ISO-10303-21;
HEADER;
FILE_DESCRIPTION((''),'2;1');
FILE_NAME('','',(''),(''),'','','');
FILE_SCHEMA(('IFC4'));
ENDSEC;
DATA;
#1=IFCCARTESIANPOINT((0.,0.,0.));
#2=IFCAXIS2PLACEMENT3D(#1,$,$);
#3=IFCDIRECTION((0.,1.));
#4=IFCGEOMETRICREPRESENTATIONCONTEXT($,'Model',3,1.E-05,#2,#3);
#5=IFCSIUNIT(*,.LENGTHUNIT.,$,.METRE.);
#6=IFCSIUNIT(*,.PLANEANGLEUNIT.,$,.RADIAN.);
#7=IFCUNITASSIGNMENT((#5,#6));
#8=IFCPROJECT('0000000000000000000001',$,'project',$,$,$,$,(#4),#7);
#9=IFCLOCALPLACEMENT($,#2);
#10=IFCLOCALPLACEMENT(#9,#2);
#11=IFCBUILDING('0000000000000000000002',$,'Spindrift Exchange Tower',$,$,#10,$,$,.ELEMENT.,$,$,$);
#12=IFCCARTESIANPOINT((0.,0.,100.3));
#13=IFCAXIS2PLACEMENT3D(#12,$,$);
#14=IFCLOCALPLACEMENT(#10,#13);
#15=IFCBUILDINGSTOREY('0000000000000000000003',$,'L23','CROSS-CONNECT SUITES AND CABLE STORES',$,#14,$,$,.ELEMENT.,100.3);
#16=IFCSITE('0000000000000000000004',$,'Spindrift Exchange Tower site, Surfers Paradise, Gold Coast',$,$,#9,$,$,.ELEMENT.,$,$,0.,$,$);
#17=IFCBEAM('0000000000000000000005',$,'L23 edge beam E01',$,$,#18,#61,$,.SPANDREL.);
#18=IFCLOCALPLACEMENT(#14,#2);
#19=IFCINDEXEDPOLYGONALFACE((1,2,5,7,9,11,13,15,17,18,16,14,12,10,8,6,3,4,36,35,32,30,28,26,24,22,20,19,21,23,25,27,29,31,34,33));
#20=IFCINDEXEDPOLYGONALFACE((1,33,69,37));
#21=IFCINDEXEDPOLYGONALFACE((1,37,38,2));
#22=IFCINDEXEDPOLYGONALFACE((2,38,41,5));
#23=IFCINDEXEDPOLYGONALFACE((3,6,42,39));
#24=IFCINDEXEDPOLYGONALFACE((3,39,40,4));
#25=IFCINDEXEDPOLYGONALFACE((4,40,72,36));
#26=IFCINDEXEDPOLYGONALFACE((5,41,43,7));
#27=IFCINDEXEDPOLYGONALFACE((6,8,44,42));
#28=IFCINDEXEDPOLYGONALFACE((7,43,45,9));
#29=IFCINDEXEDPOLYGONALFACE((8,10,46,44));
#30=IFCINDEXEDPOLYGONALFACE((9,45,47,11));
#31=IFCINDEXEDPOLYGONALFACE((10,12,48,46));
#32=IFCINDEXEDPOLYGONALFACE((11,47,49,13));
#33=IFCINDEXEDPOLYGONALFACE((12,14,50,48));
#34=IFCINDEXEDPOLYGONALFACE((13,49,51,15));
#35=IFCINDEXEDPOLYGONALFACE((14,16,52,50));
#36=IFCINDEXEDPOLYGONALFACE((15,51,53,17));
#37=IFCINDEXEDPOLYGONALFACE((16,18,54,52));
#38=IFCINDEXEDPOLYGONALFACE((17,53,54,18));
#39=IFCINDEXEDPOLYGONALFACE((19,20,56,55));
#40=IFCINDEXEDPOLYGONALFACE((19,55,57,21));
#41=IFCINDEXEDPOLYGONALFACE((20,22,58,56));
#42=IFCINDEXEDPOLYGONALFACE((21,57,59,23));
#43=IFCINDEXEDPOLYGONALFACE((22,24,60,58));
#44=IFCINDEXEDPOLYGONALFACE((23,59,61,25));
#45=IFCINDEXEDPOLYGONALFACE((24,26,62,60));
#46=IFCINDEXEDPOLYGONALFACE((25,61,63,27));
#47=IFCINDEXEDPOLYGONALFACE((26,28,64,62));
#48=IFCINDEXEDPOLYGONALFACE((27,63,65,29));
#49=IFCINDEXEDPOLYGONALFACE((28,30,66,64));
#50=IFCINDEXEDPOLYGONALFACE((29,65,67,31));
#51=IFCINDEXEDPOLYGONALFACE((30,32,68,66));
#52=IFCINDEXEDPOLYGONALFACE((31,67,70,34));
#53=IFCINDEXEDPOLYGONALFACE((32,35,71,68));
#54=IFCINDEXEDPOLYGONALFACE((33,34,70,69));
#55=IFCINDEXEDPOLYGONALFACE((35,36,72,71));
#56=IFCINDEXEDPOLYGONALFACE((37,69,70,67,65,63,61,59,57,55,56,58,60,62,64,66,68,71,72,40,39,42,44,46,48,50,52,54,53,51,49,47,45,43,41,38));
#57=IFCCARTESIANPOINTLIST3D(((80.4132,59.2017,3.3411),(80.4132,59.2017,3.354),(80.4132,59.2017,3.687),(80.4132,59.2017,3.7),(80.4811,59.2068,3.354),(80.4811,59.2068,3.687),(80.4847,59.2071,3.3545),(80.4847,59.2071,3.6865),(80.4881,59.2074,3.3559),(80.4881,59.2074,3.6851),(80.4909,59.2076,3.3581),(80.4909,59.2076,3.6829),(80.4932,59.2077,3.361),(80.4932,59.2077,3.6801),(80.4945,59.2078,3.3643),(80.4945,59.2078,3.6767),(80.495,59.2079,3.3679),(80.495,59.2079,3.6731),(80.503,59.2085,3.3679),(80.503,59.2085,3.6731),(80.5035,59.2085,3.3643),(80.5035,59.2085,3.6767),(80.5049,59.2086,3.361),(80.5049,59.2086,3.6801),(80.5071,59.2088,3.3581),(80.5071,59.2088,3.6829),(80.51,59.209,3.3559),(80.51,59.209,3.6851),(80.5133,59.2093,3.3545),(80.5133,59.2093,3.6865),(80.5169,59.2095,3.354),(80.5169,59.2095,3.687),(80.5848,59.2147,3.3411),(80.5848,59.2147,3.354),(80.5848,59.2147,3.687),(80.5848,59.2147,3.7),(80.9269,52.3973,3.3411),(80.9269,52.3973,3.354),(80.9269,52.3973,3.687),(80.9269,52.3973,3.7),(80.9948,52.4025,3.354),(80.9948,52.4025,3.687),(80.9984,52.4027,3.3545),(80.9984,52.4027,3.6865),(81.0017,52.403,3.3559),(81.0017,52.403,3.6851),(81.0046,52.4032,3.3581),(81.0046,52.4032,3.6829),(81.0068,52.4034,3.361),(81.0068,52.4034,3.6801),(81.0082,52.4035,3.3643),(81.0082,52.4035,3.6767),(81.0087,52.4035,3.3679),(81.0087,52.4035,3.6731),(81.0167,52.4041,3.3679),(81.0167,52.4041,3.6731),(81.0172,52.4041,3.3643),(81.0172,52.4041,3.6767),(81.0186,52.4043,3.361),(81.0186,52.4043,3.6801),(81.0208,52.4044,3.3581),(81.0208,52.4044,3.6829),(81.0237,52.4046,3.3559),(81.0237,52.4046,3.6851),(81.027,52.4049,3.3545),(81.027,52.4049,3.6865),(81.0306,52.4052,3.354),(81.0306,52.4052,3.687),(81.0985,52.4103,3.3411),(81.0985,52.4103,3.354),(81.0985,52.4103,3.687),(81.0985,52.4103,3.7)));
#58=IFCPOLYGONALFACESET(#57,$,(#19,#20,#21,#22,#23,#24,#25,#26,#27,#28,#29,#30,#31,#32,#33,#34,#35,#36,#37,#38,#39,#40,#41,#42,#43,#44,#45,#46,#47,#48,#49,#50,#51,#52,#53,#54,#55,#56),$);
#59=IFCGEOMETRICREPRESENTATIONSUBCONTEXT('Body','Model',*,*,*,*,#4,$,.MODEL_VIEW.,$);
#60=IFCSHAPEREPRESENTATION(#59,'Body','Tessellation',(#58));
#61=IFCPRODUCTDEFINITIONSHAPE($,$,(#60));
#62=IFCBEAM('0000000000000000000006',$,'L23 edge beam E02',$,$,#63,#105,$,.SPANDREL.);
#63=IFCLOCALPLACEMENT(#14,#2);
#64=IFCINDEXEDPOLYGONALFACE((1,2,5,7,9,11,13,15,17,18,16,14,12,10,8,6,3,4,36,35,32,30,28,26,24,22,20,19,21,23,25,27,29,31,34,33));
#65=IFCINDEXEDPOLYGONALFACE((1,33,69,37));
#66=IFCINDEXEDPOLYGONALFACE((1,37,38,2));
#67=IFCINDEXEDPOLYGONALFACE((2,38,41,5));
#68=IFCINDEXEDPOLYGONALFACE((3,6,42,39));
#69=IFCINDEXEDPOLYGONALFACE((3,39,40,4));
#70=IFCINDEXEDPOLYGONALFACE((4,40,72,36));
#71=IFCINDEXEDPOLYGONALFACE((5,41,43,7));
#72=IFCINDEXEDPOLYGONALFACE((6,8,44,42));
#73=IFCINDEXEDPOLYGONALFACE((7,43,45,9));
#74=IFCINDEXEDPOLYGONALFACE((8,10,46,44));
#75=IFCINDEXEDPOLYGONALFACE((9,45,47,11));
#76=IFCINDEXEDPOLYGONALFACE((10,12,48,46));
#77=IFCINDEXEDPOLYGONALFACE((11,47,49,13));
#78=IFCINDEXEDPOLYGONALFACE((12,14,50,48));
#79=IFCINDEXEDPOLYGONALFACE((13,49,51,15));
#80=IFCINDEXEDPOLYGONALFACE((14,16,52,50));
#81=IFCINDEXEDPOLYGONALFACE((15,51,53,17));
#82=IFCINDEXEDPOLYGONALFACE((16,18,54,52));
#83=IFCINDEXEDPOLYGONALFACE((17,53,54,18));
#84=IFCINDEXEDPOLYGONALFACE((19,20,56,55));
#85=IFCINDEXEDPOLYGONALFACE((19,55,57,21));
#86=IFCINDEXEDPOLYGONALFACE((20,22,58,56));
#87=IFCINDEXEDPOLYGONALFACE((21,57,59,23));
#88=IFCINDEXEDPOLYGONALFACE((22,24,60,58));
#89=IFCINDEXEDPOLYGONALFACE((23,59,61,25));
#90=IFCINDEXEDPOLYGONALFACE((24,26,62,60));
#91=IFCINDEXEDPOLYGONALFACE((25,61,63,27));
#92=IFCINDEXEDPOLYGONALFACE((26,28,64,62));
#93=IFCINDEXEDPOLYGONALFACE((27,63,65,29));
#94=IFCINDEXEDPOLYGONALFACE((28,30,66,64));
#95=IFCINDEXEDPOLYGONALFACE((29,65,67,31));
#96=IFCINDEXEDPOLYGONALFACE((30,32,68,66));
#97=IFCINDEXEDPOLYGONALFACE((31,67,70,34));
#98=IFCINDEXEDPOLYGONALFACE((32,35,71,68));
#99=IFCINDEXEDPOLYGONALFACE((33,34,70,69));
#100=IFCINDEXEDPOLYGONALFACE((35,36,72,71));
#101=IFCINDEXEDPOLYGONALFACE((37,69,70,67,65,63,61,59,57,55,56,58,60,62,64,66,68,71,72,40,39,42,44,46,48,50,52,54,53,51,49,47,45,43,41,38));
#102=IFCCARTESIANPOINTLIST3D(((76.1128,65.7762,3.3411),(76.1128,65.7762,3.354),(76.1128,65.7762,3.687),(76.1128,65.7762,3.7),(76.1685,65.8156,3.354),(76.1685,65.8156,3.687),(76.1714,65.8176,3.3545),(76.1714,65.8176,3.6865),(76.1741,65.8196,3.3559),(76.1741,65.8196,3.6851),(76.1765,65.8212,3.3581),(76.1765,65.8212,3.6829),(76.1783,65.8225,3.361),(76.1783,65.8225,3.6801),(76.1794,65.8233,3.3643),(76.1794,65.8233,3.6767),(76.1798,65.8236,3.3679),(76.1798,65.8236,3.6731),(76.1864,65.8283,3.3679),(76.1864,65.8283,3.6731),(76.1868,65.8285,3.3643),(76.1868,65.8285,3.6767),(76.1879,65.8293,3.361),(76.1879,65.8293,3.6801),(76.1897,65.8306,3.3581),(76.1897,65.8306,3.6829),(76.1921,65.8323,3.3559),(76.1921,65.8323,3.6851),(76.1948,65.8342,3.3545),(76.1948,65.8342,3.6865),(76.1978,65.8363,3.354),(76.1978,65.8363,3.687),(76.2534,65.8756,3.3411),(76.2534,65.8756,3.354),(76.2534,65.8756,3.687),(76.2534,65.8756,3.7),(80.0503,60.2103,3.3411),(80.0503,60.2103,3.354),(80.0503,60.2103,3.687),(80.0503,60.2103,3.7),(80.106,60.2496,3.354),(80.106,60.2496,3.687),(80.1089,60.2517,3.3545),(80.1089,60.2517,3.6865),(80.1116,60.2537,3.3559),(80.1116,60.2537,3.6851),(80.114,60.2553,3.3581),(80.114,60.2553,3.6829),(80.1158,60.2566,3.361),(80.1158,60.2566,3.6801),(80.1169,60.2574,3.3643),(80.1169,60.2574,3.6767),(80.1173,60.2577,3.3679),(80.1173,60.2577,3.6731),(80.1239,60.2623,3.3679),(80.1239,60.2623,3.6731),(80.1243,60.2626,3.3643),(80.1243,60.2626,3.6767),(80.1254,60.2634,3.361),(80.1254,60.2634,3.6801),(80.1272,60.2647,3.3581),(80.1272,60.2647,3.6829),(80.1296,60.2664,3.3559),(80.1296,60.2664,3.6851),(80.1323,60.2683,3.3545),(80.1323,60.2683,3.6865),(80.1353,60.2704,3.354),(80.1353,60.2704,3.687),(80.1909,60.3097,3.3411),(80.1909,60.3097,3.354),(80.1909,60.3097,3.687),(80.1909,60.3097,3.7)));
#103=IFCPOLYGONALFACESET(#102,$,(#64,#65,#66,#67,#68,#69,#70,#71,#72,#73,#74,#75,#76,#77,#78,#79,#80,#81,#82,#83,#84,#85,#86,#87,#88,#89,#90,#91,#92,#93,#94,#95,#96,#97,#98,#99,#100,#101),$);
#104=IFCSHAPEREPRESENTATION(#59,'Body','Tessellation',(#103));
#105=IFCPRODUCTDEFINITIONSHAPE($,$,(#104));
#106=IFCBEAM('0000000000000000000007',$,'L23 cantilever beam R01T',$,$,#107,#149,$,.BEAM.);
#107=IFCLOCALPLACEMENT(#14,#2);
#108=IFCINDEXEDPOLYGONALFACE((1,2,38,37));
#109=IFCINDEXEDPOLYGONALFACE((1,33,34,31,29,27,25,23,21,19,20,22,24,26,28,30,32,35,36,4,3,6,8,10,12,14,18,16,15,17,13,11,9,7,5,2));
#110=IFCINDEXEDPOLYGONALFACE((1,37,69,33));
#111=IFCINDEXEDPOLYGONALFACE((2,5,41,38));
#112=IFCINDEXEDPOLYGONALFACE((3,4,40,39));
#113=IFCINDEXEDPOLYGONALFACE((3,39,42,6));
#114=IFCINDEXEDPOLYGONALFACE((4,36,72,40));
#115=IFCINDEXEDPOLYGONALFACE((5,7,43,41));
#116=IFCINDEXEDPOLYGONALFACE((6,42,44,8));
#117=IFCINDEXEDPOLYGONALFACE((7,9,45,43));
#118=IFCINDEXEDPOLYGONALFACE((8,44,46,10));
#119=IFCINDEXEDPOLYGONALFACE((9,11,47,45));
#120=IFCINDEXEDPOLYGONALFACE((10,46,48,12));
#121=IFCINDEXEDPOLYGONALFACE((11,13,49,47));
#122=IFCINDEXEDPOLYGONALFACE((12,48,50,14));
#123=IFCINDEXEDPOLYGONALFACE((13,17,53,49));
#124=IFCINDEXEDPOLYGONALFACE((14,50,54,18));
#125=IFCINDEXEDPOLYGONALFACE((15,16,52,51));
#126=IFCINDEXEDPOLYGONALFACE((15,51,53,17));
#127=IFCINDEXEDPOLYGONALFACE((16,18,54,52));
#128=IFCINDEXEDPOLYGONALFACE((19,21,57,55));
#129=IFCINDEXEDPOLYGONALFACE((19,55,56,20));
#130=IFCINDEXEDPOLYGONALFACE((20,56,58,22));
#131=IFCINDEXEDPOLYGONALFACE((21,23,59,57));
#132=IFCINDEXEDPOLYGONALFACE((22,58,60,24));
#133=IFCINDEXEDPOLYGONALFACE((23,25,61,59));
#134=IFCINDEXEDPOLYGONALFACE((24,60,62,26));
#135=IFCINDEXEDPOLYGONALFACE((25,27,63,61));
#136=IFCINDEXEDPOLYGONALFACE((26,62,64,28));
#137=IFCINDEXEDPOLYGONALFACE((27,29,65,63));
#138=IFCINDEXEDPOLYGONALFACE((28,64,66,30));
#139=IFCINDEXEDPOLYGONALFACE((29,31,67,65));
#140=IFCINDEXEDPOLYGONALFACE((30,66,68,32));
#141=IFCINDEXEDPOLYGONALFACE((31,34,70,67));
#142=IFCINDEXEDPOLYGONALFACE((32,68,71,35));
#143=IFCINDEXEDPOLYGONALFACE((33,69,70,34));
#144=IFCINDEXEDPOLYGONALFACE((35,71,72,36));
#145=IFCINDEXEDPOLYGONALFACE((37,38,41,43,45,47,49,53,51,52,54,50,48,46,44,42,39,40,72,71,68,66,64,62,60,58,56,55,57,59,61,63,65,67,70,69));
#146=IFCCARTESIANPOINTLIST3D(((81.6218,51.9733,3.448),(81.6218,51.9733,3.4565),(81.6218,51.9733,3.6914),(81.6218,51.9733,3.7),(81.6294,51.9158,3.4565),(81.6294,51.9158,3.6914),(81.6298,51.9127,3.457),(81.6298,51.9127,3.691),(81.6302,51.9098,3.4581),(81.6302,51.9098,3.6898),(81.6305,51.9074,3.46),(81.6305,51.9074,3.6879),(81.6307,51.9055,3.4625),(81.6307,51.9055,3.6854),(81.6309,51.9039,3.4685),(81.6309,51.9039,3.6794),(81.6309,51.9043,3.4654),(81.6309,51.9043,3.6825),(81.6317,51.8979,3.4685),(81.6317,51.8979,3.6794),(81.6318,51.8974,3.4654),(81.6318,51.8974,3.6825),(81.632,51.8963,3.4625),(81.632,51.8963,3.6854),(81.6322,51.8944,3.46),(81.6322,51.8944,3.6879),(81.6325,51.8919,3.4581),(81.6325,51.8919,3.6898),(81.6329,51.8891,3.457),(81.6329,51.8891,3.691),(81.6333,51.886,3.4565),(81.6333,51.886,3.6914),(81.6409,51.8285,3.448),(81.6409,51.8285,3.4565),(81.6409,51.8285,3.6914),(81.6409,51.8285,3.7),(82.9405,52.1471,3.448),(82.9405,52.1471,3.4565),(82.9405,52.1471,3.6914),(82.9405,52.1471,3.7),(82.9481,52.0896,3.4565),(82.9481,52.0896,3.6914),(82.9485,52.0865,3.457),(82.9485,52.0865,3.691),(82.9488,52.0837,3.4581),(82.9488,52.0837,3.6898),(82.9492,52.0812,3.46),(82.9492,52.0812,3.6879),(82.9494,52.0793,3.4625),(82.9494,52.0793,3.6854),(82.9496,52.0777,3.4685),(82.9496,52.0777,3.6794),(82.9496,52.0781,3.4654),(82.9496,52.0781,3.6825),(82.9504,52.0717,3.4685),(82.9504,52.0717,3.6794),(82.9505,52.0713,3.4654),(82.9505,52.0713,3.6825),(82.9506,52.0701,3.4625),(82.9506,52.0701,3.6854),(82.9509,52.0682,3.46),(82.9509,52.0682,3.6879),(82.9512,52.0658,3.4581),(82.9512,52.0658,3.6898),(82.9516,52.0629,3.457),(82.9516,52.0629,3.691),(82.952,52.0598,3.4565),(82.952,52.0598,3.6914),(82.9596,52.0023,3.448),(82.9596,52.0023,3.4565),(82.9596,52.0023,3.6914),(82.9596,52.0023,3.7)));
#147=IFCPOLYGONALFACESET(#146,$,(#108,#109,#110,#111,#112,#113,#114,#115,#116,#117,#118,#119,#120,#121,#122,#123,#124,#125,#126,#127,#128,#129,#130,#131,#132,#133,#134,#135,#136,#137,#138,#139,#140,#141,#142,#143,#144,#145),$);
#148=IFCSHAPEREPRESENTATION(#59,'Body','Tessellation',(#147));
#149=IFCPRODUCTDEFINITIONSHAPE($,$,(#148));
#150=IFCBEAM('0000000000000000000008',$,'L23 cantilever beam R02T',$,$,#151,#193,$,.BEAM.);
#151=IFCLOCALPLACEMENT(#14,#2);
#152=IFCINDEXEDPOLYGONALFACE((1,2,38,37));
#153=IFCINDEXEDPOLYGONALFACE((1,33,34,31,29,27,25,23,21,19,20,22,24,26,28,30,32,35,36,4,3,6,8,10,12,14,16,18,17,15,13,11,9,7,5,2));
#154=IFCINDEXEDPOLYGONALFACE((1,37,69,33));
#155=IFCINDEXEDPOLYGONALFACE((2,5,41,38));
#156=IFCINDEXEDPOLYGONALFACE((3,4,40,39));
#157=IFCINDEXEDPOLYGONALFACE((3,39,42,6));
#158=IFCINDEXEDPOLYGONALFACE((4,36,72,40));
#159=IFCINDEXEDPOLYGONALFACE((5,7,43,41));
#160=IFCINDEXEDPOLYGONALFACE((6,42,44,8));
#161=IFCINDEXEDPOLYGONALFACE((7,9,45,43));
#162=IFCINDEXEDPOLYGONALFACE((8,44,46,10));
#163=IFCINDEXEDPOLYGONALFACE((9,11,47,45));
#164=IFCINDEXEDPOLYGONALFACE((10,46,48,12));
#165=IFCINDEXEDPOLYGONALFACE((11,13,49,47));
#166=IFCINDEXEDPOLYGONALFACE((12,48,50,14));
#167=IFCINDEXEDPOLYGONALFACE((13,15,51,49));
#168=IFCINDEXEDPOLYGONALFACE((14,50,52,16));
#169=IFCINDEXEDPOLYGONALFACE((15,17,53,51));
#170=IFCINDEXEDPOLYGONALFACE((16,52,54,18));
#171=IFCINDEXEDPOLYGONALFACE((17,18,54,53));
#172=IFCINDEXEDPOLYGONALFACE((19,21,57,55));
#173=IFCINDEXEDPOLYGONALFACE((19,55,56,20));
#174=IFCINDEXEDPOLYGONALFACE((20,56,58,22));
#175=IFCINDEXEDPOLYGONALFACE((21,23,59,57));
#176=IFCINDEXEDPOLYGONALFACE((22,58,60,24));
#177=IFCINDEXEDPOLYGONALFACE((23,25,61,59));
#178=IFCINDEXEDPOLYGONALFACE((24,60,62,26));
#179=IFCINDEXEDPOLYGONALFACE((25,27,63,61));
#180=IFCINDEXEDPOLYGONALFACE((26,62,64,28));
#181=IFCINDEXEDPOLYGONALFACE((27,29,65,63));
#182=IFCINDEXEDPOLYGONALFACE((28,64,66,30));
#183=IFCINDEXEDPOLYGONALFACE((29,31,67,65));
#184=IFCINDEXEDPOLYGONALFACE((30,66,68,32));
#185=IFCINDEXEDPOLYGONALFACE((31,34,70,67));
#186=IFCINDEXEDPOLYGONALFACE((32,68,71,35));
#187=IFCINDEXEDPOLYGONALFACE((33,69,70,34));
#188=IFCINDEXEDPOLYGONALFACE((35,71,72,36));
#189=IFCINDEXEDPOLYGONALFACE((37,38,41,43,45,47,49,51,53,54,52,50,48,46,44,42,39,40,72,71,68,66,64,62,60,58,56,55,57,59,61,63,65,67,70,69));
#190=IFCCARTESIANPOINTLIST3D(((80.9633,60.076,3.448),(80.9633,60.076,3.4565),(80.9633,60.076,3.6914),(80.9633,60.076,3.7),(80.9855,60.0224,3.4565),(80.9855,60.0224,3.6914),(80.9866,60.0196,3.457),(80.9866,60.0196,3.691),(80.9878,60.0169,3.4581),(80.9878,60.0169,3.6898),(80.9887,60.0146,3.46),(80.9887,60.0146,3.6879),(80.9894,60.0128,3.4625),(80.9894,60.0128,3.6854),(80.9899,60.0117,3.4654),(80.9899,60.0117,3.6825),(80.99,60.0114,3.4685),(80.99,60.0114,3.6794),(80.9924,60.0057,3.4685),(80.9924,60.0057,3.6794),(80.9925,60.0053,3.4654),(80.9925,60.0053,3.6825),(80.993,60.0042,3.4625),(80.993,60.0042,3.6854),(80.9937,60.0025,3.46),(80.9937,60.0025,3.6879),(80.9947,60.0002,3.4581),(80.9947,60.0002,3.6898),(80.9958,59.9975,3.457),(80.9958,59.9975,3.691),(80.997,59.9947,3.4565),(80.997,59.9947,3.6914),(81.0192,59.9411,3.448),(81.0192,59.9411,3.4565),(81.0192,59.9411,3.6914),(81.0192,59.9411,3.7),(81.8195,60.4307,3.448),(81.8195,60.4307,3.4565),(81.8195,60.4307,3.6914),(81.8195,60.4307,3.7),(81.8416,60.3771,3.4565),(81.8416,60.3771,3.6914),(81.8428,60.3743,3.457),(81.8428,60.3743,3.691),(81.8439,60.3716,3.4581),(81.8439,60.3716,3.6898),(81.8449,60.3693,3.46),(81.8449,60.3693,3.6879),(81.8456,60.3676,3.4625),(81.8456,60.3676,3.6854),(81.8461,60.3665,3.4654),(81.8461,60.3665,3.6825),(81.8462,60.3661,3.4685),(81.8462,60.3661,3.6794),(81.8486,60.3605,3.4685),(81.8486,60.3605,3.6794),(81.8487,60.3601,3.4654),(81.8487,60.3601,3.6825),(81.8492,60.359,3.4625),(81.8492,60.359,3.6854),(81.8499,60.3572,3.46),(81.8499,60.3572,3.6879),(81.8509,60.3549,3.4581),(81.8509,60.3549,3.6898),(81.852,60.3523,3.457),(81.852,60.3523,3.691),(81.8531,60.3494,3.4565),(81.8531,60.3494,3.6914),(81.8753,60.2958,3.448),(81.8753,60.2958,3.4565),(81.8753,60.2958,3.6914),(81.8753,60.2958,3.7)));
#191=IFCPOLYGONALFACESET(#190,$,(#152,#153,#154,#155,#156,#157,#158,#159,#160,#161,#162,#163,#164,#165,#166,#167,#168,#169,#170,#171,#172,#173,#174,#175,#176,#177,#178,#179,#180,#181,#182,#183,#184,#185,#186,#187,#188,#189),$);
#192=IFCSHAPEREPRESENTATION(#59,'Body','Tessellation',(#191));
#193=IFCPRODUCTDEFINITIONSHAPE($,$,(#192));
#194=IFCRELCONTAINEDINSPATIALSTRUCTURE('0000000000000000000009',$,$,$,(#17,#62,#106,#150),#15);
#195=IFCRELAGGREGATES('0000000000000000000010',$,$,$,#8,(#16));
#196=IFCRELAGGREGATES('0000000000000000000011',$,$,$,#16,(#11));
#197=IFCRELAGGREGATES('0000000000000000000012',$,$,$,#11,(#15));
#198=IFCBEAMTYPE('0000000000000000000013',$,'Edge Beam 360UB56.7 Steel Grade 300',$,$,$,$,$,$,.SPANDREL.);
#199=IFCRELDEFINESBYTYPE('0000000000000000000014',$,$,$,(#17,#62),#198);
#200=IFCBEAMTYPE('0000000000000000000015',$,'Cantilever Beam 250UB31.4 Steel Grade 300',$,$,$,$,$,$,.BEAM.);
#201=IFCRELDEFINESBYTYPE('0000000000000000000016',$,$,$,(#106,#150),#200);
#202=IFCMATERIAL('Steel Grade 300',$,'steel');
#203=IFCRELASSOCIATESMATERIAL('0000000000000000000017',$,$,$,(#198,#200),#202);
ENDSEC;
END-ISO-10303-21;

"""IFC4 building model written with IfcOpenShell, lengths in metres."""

from ifc_helpers import new_model, si_unit, direction, frame, origin, origin_2d, place, context, subcontext, project, spatial, i_section, extrude, source, transform, mapped, material, material_profile, profile_set, type_object, element, save


model = new_model("IFC4")

# Units and contexts
model_context = context("Model", 3, precision=1e-05, world=origin(), true_north=direction((0.0, 1.0)))
body_context = subcontext(model_context, "Body", "Model", "MODEL_VIEW")
ifc_project = project(units=[si_unit("LENGTHUNIT", "METRE"), si_unit("PLANEANGLEUNIT", "RADIAN")], contexts=[model_context])

# Site, building, storey
site_placement = place(None, origin())
site = spatial("IfcSite", under=ifc_project, at=site_placement, Name="Spindrift Exchange Tower site, Surfers Paradise, Gold Coast", CompositionType="ELEMENT", RefElevation=0.0)
building_placement = place(site_placement, origin())
building = spatial("IfcBuilding", under=site, at=building_placement, Name="Spindrift Exchange Tower", CompositionType="ELEMENT")
storey_placement = place(building_placement, frame((0.0, 0.0, 100.3)))
storey = spatial("IfcBuildingStorey", under=building, at=storey_placement, Name="L23", Description="CROSS-CONNECT SUITES AND CABLE STORES", CompositionType="ELEMENT", Elevation=100.3)

# Beams
ifc_material_1 = material(Name="Steel Grade 300", Category="steel")
ifc_material_profile_1 = material_profile(ifc_material_1, i_section(OverallWidth=0.1721, OverallDepth=0.3589, WebThickness=0.0081, FlangeThickness=0.0129, FilletRadius=0.0139, at=origin_2d()), Name="360UB56.7")
ifc_profile_set_1 = profile_set([ifc_material_profile_1], Name="Steel Grade 300")
beam_type_1 = type_object("IfcBeamType", Name="Edge Beam 360UB56.7 Steel Grade 300", PredefinedType="SPANDREL", material=ifc_profile_set_1)
shared_shape_1 = source(origin(), body_context, "Body", "SweptSolid", [
    extrude(i_section(OverallWidth=0.1721, OverallDepth=0.3589, WebThickness=0.0081, FlangeThickness=0.0129, FilletRadius=0.0139, at=origin_2d()), origin(), (0.0, 0.0, 1.0), 6.8237),
])
beam_1_placement = place(storey_placement, frame((81.0127, 52.4038, 3.5205), z_axis=(-0.075276, 0.997163, 0.0), x_axis=(-0.997163, -0.075276, 0.0)))
element("IfcBeam", 1, at=beam_1_placement, inside=storey, type_object=beam_type_1, Name="L23 edge beam E01", PredefinedType="SPANDREL", context=body_context, shape_type="MappedRepresentation", body=[
    mapped(shared_shape_1, transform((0.0, 0.0, 0.0), scale=1.0)),
])
shared_shape_2 = source(origin(), body_context, "Body", "SweptSolid", [
    extrude(i_section(OverallWidth=0.1721, OverallDepth=0.3589, WebThickness=0.0081, FlangeThickness=0.0129, FilletRadius=0.0139, at=origin_2d()), origin(), (0.0, 0.0, 1.0), 6.8179),
])
beam_2_placement = place(storey_placement, frame((80.1206, 60.26, 3.5205), z_axis=(-0.577526, 0.816372, 0.0), x_axis=(-0.816372, -0.577526, 0.0)))
element("IfcBeam", 2, at=beam_2_placement, inside=storey, type_object=beam_type_1, Name="L23 edge beam E02", PredefinedType="SPANDREL", context=body_context, shape_type="MappedRepresentation", body=[
    mapped(shared_shape_2, transform((0.0, 0.0, 0.0), scale=1.0)),
])
ifc_material_profile_2 = material_profile(ifc_material_1, i_section(OverallWidth=0.146, OverallDepth=0.252, WebThickness=0.0061, FlangeThickness=0.0085, FilletRadius=0.012, at=origin_2d()), Name="250UB31.4")
ifc_profile_set_2 = profile_set([ifc_material_profile_2], Name="Steel Grade 300")
beam_type_2 = type_object("IfcBeamType", Name="Cantilever Beam 250UB31.4 Steel Grade 300", PredefinedType="BEAM", material=ifc_profile_set_2)
shared_shape_3 = source(origin(), body_context, "Body", "SweptSolid", [
    extrude(i_section(OverallWidth=0.146, OverallDepth=0.252, WebThickness=0.0061, FlangeThickness=0.0085, FilletRadius=0.012, at=origin_2d()), origin(), (0.0, 0.0, 1.0), 1.3301),
])
beam_3_placement = place(storey_placement, frame((81.6313, 51.9009, 3.574), z_axis=(0.991422, 0.130697, 0.0), x_axis=(-0.130697, 0.991422, 0.0)))
element("IfcBeam", 3, at=beam_3_placement, inside=storey, type_object=beam_type_2, Name="L23 cantilever beam R01T", PredefinedType="BEAM", context=body_context, shape_type="MappedRepresentation", body=[
    mapped(shared_shape_3, transform((0.0, 0.0, 0.0), scale=1.0)),
])
shared_shape_4 = source(origin(), body_context, "Body", "SweptSolid", [
    extrude(i_section(OverallWidth=0.146, OverallDepth=0.252, WebThickness=0.0061, FlangeThickness=0.0085, FilletRadius=0.012, at=origin_2d()), origin(), (0.0, 0.0, 1.0), 0.9268),
])
beam_4_placement = place(storey_placement, frame((80.9912, 60.0085, 3.574), z_axis=(0.923847, 0.382763, 0.0), x_axis=(-0.382763, 0.923847, 0.0)))
element("IfcBeam", 4, at=beam_4_placement, inside=storey, type_object=beam_type_2, Name="L23 cantilever beam R02T", PredefinedType="BEAM", context=body_context, shape_type="MappedRepresentation", body=[
    mapped(shared_shape_4, transform((0.0, 0.0, 0.0), scale=1.0)),
])

save(model, "model.ifc")
